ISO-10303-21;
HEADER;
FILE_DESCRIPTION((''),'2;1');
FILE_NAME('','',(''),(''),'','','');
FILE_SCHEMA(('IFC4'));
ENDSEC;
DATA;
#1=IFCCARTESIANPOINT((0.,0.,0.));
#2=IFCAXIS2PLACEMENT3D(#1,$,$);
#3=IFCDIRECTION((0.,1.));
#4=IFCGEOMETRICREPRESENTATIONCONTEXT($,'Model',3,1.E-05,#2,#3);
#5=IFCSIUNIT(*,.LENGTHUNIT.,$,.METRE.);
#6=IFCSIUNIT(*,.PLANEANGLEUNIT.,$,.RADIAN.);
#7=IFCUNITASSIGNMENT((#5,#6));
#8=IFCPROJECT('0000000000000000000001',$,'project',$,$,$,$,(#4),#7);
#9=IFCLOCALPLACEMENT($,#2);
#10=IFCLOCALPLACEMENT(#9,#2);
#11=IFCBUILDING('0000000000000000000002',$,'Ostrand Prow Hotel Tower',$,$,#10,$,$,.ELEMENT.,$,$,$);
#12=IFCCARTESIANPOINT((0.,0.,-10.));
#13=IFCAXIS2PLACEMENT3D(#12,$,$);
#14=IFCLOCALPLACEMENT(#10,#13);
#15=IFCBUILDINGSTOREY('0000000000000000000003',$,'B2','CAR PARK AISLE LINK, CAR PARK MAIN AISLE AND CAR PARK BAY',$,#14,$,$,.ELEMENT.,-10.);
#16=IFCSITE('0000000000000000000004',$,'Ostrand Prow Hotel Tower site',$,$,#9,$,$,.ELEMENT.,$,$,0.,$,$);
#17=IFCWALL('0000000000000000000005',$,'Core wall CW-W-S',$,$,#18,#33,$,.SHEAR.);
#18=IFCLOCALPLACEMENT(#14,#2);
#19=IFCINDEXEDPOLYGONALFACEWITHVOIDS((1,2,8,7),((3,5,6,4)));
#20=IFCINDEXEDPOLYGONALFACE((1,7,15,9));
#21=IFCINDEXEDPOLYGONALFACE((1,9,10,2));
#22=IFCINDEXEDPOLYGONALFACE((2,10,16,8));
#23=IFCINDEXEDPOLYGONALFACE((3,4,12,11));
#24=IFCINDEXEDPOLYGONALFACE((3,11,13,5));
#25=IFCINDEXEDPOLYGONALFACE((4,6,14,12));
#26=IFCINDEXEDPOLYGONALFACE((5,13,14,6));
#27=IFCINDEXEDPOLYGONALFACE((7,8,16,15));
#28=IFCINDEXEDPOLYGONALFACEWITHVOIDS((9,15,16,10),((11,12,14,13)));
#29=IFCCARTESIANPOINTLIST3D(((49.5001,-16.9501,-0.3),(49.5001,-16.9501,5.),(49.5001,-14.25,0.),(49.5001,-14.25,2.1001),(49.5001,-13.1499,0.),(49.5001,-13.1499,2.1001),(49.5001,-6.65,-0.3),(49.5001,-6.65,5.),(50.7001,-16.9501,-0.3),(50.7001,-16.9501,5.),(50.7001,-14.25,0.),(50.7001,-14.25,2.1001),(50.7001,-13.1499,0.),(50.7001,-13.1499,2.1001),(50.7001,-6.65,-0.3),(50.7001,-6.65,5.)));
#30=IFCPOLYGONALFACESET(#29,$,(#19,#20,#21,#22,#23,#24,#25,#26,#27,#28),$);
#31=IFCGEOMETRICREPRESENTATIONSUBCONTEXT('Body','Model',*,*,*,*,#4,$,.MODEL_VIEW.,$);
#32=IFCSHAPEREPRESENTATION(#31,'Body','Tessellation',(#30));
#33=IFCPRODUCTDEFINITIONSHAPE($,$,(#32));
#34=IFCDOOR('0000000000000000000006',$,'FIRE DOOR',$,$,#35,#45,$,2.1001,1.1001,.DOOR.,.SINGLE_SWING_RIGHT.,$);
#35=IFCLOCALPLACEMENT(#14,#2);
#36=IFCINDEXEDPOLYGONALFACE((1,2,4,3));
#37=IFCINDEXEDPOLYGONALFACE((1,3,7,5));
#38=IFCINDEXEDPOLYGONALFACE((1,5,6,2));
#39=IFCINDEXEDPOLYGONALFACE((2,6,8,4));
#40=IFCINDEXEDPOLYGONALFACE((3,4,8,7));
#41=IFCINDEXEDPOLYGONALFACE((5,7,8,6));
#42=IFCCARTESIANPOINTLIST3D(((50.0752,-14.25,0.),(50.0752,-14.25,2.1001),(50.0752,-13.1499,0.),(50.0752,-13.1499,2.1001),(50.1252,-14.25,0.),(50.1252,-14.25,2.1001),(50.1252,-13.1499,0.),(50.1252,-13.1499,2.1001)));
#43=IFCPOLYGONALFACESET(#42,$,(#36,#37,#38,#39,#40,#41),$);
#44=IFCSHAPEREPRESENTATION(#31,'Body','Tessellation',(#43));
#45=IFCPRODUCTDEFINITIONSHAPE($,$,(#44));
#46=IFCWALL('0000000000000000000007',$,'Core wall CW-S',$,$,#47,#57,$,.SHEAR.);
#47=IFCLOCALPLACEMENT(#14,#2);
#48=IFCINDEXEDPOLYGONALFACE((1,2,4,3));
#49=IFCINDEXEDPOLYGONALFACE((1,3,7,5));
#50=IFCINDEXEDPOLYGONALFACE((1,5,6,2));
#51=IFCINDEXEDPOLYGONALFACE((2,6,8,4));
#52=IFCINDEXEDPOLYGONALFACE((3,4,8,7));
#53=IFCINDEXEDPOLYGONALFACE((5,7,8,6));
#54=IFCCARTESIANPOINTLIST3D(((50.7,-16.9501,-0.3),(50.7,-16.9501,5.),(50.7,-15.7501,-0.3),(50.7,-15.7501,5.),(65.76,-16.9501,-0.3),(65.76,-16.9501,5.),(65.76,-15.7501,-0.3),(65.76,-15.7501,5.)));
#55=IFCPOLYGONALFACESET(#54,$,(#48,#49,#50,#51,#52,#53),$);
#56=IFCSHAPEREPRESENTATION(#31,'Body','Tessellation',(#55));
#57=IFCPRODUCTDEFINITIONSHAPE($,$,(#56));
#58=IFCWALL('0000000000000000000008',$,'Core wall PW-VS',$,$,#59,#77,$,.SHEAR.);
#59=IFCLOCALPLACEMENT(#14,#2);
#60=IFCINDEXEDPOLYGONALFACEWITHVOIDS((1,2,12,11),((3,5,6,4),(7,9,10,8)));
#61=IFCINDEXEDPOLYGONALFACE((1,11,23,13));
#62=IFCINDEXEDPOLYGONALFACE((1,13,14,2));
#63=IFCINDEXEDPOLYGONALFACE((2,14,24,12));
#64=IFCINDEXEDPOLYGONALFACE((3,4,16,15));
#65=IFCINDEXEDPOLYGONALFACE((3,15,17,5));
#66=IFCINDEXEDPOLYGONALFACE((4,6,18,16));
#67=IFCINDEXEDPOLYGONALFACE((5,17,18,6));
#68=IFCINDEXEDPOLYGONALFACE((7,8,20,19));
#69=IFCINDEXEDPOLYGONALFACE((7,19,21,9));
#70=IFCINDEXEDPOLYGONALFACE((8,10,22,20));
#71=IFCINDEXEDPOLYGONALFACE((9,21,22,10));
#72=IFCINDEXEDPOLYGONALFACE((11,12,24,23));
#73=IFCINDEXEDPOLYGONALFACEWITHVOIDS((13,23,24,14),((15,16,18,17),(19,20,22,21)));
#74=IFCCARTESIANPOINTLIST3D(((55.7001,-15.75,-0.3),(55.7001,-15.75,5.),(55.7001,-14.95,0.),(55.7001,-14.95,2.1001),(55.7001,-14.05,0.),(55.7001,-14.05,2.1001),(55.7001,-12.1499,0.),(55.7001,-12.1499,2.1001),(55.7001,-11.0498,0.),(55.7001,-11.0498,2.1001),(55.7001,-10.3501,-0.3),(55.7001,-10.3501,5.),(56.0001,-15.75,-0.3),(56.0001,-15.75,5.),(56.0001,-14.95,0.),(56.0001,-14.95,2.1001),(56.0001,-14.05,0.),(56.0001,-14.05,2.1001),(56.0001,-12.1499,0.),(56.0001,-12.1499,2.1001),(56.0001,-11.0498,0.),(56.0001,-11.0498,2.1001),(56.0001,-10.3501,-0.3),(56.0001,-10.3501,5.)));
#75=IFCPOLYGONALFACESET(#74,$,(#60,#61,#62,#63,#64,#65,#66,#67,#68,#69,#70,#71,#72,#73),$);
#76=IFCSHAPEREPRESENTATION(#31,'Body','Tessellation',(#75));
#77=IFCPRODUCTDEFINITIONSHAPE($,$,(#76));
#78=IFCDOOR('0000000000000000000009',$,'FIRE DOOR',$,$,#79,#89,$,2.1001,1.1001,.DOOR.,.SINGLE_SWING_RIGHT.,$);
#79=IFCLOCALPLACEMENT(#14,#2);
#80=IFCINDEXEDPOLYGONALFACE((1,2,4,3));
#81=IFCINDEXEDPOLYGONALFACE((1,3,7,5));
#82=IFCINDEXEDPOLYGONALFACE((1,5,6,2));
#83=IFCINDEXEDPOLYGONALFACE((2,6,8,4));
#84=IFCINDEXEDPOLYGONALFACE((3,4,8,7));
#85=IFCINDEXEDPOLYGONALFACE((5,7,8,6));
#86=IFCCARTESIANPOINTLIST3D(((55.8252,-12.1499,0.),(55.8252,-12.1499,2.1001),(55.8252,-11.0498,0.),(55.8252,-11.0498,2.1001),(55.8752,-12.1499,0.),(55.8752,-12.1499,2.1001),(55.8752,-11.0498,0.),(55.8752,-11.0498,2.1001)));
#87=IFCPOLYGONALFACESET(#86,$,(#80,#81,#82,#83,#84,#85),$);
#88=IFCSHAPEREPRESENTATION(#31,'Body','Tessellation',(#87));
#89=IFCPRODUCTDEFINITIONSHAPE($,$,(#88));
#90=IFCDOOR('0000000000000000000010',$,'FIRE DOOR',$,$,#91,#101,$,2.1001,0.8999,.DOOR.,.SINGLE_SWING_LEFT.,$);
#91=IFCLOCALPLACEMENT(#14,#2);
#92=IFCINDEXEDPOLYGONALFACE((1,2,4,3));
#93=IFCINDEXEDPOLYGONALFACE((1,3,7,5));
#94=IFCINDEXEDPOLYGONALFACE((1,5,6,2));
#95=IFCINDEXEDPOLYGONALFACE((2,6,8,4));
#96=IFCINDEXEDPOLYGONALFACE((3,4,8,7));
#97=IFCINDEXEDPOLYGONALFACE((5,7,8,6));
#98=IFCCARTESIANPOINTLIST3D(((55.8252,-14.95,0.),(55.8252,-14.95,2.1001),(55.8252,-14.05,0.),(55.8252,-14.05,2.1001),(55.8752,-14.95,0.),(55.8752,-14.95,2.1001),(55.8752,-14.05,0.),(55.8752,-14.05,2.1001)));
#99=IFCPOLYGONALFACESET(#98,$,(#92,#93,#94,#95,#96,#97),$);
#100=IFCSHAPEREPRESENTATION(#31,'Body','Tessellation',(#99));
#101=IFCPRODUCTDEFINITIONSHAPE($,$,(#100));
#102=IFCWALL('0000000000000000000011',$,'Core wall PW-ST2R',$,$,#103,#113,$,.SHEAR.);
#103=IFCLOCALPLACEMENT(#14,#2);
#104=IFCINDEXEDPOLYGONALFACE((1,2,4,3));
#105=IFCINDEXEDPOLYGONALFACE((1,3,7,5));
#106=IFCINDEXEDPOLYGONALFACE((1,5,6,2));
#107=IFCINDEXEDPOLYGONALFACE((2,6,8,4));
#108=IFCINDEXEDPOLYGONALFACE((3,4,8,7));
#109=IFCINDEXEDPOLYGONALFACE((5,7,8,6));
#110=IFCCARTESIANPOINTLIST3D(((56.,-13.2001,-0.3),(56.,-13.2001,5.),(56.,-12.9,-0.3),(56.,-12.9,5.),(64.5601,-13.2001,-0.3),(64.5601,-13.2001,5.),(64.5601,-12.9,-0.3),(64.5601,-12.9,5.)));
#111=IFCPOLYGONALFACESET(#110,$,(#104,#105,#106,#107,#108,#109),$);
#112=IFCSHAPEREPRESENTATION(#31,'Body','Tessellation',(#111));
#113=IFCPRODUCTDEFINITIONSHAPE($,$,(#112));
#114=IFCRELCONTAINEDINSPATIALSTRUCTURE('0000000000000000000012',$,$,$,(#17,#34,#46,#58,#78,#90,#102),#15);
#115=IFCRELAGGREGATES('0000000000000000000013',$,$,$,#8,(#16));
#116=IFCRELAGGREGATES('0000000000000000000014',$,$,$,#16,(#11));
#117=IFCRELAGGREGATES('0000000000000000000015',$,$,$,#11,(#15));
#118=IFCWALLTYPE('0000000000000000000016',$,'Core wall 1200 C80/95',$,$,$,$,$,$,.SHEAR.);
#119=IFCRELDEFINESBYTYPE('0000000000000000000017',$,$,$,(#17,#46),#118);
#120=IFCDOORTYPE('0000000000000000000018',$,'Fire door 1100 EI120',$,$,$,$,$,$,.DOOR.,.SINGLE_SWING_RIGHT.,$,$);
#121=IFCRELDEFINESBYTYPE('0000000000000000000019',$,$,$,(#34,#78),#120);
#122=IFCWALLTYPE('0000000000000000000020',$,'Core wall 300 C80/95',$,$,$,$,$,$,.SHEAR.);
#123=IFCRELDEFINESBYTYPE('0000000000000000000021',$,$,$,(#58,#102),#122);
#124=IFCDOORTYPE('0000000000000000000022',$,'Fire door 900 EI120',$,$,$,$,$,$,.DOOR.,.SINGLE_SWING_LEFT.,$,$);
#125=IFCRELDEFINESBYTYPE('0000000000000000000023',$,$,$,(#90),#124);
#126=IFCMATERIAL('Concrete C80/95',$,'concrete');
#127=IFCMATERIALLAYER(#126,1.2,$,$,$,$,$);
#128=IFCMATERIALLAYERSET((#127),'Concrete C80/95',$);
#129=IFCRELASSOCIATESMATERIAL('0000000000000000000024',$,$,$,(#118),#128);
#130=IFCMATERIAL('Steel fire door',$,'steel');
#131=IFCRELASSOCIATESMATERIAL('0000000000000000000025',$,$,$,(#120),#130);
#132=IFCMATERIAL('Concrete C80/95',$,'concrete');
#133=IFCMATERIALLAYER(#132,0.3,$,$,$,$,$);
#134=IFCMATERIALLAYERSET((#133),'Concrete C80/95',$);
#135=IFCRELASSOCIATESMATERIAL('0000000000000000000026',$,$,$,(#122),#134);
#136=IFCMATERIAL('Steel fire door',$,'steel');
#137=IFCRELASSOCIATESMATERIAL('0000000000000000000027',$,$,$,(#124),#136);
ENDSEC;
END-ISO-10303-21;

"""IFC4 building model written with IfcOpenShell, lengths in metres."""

from ifc_helpers import new_model, si_unit, direction, frame, frame_2d, origin, place, context, subcontext, project, spatial, rectangle, extrude, material, layer, layer_set, type_object, element, fill, save


model = new_model("IFC4")

# Units and contexts
model_context = context("Model", 3, precision=1e-05, world=origin(), true_north=direction((0.0, 1.0)))
body_context = subcontext(model_context, "Body", "Model", "MODEL_VIEW")
ifc_project = project(units=[si_unit("LENGTHUNIT", "METRE"), si_unit("PLANEANGLEUNIT", "RADIAN")], contexts=[model_context])

# Site, building, storey
site_placement = place(None, origin())
site = spatial("IfcSite", under=ifc_project, at=site_placement, Name="Ostrand Prow Hotel Tower site", CompositionType="ELEMENT", RefElevation=0.0)
building_placement = place(site_placement, origin())
building = spatial("IfcBuilding", under=site, at=building_placement, Name="Ostrand Prow Hotel Tower", CompositionType="ELEMENT")
storey_placement = place(building_placement, frame((0.0, 0.0, -10.0)))
storey = spatial("IfcBuildingStorey", under=building, at=storey_placement, Name="B2", Description="CAR PARK AISLE LINK, CAR PARK MAIN AISLE AND CAR PARK BAY", CompositionType="ELEMENT", Elevation=-10.0)

# Wall, opening, door
ifc_material_1 = material(Name="Concrete C80/95", Category="concrete")
ifc_layer_1 = layer(ifc_material_1, 1.2)
ifc_layer_set_1 = layer_set([ifc_layer_1], Name="Concrete C80/95")
wall_type_1 = type_object("IfcWallType", Name="Core wall 1200 C80/95", PredefinedType="SHEAR", material=ifc_layer_set_1)
wall_1_placement = place(storey_placement, frame((50.1001, -16.95, -0.3), z_axis=(0.0, 0.0, 1.0), x_axis=(0.0, 1.0, 0.0)))
wall_1 = element("IfcWall", 1, at=wall_1_placement, inside=storey, type_object=wall_type_1, Name="Core wall CW-W-S", PredefinedType="SHEAR", context=body_context, shape_type="SweptSolid", body=[
    extrude(rectangle(XDim=10.3, YDim=1.2, at=frame_2d((5.1499, 0.0))), origin(), (0.0, 0.0, 1.0), 5.3),
])
opening_1_placement = place(wall_1_placement, frame((2.7, 0.0, 0.3)))
opening_1 = element("IfcOpeningElement", 2, at=opening_1_placement, cuts=wall_1, PredefinedType="OPENING", context=body_context, shape_type="SweptSolid", body=[
    extrude(rectangle(XDim=1.1001, YDim=2.1001, at=frame_2d((0.55, 1.05))), frame((0.0, 0.6099, 0.0), z_axis=(0.0, -1.0, 0.0), x_axis=(1.0, 0.0, 0.0)), (0.0, 0.0, 1.0), 1.22),
])
ifc_material_2 = material(Name="Steel fire door", Category="steel")
door_type_1 = type_object("IfcDoorType", Name="Fire door 1100 EI120", OperationType="SINGLE_SWING_RIGHT", PredefinedType="DOOR", material=ifc_material_2)
door_1_placement = place(opening_1_placement, origin())
door_1 = element("IfcDoor", 3, at=door_1_placement, inside=storey, type_object=door_type_1, Name="FIRE DOOR", OperationType="SINGLE_SWING_RIGHT", OverallHeight=2.1001, OverallWidth=1.1001, PredefinedType="DOOR", context=body_context, shape_type="SweptSolid", body=[
    extrude(rectangle(XDim=1.1001, YDim=2.1001, at=frame_2d((0.55, 1.05))), frame((0.0, 0.0249, 0.0), z_axis=(0.0, -1.0, 0.0), x_axis=(1.0, 0.0, 0.0)), (0.0, 0.0, 1.0), 0.05),
])
fill(opening_1, door_1)

# Wall
wall_2_placement = place(storey_placement, frame((50.7, -16.3501, -0.3), z_axis=(0.0, 0.0, 1.0), x_axis=(1.0, 0.0, 0.0)))
element("IfcWall", 4, at=wall_2_placement, inside=storey, type_object=wall_type_1, Name="Core wall CW-S", PredefinedType="SHEAR", context=body_context, shape_type="SweptSolid", body=[
    extrude(rectangle(XDim=15.0601, YDim=1.2, at=frame_2d((7.53, 0.0))), origin(), (0.0, 0.0, 1.0), 5.3),
])

# Wall, openings, doors
ifc_material_3 = material(Name="Concrete C80/95", Category="concrete")
ifc_layer_2 = layer(ifc_material_3, 0.3)
ifc_layer_set_2 = layer_set([ifc_layer_2], Name="Concrete C80/95")
wall_type_2 = type_object("IfcWallType", Name="Core wall 300 C80/95", PredefinedType="SHEAR", material=ifc_layer_set_2)
wall_3_placement = place(storey_placement, frame((55.8501, -15.75, -0.3), z_axis=(0.0, 0.0, 1.0), x_axis=(0.0, 1.0, 0.0)))
wall_3 = element("IfcWall", 5, at=wall_3_placement, inside=storey, type_object=wall_type_2, Name="Core wall PW-VS", PredefinedType="SHEAR", context=body_context, shape_type="SweptSolid", body=[
    extrude(rectangle(XDim=5.3999, YDim=0.3, at=frame_2d((2.7, 0.0))), origin(), (0.0, 0.0, 1.0), 5.3),
])
opening_2_placement = place(wall_3_placement, frame((3.6001, 0.0, 0.3)))
opening_2 = element("IfcOpeningElement", 6, at=opening_2_placement, cuts=wall_3, PredefinedType="OPENING", context=body_context, shape_type="SweptSolid", body=[
    extrude(rectangle(XDim=1.1001, YDim=2.1001, at=frame_2d((0.55, 1.05))), frame((0.0, 0.1599, 0.0), z_axis=(0.0, -1.0, 0.0), x_axis=(1.0, 0.0, 0.0)), (0.0, 0.0, 1.0), 0.3201),
])
opening_3_placement = place(wall_3_placement, frame((0.8, 0.0, 0.3)))
opening_3 = element("IfcOpeningElement", 7, at=opening_3_placement, cuts=wall_3, PredefinedType="OPENING", context=body_context, shape_type="SweptSolid", body=[
    extrude(rectangle(XDim=0.8999, YDim=2.1001, at=frame_2d((0.45, 1.05))), frame((0.0, 0.1599, 0.0), z_axis=(0.0, -1.0, 0.0), x_axis=(1.0, 0.0, 0.0)), (0.0, 0.0, 1.0), 0.3201),
])
door_2_placement = place(opening_2_placement, origin())
door_2 = element("IfcDoor", 8, at=door_2_placement, inside=storey, type_object=door_type_1, Name="FIRE DOOR", OperationType="SINGLE_SWING_RIGHT", OverallHeight=2.1001, OverallWidth=1.1001, PredefinedType="DOOR", context=body_context, shape_type="SweptSolid", body=[
    extrude(rectangle(XDim=1.1001, YDim=2.1001, at=frame_2d((0.55, 1.05))), frame((0.0, 0.0249, 0.0), z_axis=(0.0, -1.0, 0.0), x_axis=(1.0, 0.0, 0.0)), (0.0, 0.0, 1.0), 0.05),
])
fill(opening_2, door_2)
ifc_material_4 = material(Name="Steel fire door", Category="steel")
door_type_2 = type_object("IfcDoorType", Name="Fire door 900 EI120", OperationType="SINGLE_SWING_LEFT", PredefinedType="DOOR", material=ifc_material_4)
door_3_placement = place(opening_3_placement, origin())
door_3 = element("IfcDoor", 9, at=door_3_placement, inside=storey, type_object=door_type_2, Name="FIRE DOOR", OperationType="SINGLE_SWING_LEFT", OverallHeight=2.1001, OverallWidth=0.8999, PredefinedType="DOOR", context=body_context, shape_type="SweptSolid", body=[
    extrude(rectangle(XDim=0.8999, YDim=2.1001, at=frame_2d((0.45, 1.05))), frame((0.0, 0.0249, 0.0), z_axis=(0.0, -1.0, 0.0), x_axis=(1.0, 0.0, 0.0)), (0.0, 0.0, 1.0), 0.05),
])
fill(opening_3, door_3)

# Wall
wall_4_placement = place(storey_placement, frame((56.0, -13.05, -0.3), z_axis=(0.0, 0.0, 1.0), x_axis=(1.0, 0.0, 0.0)))
element("IfcWall", 10, at=wall_4_placement, inside=storey, type_object=wall_type_2, Name="Core wall PW-ST2R", PredefinedType="SHEAR", context=body_context, shape_type="SweptSolid", body=[
    extrude(rectangle(XDim=8.5601, YDim=0.3, at=frame_2d((4.28, 0.0))), origin(), (0.0, 0.0, 1.0), 5.3),
])

save(model, "model.ifc")
